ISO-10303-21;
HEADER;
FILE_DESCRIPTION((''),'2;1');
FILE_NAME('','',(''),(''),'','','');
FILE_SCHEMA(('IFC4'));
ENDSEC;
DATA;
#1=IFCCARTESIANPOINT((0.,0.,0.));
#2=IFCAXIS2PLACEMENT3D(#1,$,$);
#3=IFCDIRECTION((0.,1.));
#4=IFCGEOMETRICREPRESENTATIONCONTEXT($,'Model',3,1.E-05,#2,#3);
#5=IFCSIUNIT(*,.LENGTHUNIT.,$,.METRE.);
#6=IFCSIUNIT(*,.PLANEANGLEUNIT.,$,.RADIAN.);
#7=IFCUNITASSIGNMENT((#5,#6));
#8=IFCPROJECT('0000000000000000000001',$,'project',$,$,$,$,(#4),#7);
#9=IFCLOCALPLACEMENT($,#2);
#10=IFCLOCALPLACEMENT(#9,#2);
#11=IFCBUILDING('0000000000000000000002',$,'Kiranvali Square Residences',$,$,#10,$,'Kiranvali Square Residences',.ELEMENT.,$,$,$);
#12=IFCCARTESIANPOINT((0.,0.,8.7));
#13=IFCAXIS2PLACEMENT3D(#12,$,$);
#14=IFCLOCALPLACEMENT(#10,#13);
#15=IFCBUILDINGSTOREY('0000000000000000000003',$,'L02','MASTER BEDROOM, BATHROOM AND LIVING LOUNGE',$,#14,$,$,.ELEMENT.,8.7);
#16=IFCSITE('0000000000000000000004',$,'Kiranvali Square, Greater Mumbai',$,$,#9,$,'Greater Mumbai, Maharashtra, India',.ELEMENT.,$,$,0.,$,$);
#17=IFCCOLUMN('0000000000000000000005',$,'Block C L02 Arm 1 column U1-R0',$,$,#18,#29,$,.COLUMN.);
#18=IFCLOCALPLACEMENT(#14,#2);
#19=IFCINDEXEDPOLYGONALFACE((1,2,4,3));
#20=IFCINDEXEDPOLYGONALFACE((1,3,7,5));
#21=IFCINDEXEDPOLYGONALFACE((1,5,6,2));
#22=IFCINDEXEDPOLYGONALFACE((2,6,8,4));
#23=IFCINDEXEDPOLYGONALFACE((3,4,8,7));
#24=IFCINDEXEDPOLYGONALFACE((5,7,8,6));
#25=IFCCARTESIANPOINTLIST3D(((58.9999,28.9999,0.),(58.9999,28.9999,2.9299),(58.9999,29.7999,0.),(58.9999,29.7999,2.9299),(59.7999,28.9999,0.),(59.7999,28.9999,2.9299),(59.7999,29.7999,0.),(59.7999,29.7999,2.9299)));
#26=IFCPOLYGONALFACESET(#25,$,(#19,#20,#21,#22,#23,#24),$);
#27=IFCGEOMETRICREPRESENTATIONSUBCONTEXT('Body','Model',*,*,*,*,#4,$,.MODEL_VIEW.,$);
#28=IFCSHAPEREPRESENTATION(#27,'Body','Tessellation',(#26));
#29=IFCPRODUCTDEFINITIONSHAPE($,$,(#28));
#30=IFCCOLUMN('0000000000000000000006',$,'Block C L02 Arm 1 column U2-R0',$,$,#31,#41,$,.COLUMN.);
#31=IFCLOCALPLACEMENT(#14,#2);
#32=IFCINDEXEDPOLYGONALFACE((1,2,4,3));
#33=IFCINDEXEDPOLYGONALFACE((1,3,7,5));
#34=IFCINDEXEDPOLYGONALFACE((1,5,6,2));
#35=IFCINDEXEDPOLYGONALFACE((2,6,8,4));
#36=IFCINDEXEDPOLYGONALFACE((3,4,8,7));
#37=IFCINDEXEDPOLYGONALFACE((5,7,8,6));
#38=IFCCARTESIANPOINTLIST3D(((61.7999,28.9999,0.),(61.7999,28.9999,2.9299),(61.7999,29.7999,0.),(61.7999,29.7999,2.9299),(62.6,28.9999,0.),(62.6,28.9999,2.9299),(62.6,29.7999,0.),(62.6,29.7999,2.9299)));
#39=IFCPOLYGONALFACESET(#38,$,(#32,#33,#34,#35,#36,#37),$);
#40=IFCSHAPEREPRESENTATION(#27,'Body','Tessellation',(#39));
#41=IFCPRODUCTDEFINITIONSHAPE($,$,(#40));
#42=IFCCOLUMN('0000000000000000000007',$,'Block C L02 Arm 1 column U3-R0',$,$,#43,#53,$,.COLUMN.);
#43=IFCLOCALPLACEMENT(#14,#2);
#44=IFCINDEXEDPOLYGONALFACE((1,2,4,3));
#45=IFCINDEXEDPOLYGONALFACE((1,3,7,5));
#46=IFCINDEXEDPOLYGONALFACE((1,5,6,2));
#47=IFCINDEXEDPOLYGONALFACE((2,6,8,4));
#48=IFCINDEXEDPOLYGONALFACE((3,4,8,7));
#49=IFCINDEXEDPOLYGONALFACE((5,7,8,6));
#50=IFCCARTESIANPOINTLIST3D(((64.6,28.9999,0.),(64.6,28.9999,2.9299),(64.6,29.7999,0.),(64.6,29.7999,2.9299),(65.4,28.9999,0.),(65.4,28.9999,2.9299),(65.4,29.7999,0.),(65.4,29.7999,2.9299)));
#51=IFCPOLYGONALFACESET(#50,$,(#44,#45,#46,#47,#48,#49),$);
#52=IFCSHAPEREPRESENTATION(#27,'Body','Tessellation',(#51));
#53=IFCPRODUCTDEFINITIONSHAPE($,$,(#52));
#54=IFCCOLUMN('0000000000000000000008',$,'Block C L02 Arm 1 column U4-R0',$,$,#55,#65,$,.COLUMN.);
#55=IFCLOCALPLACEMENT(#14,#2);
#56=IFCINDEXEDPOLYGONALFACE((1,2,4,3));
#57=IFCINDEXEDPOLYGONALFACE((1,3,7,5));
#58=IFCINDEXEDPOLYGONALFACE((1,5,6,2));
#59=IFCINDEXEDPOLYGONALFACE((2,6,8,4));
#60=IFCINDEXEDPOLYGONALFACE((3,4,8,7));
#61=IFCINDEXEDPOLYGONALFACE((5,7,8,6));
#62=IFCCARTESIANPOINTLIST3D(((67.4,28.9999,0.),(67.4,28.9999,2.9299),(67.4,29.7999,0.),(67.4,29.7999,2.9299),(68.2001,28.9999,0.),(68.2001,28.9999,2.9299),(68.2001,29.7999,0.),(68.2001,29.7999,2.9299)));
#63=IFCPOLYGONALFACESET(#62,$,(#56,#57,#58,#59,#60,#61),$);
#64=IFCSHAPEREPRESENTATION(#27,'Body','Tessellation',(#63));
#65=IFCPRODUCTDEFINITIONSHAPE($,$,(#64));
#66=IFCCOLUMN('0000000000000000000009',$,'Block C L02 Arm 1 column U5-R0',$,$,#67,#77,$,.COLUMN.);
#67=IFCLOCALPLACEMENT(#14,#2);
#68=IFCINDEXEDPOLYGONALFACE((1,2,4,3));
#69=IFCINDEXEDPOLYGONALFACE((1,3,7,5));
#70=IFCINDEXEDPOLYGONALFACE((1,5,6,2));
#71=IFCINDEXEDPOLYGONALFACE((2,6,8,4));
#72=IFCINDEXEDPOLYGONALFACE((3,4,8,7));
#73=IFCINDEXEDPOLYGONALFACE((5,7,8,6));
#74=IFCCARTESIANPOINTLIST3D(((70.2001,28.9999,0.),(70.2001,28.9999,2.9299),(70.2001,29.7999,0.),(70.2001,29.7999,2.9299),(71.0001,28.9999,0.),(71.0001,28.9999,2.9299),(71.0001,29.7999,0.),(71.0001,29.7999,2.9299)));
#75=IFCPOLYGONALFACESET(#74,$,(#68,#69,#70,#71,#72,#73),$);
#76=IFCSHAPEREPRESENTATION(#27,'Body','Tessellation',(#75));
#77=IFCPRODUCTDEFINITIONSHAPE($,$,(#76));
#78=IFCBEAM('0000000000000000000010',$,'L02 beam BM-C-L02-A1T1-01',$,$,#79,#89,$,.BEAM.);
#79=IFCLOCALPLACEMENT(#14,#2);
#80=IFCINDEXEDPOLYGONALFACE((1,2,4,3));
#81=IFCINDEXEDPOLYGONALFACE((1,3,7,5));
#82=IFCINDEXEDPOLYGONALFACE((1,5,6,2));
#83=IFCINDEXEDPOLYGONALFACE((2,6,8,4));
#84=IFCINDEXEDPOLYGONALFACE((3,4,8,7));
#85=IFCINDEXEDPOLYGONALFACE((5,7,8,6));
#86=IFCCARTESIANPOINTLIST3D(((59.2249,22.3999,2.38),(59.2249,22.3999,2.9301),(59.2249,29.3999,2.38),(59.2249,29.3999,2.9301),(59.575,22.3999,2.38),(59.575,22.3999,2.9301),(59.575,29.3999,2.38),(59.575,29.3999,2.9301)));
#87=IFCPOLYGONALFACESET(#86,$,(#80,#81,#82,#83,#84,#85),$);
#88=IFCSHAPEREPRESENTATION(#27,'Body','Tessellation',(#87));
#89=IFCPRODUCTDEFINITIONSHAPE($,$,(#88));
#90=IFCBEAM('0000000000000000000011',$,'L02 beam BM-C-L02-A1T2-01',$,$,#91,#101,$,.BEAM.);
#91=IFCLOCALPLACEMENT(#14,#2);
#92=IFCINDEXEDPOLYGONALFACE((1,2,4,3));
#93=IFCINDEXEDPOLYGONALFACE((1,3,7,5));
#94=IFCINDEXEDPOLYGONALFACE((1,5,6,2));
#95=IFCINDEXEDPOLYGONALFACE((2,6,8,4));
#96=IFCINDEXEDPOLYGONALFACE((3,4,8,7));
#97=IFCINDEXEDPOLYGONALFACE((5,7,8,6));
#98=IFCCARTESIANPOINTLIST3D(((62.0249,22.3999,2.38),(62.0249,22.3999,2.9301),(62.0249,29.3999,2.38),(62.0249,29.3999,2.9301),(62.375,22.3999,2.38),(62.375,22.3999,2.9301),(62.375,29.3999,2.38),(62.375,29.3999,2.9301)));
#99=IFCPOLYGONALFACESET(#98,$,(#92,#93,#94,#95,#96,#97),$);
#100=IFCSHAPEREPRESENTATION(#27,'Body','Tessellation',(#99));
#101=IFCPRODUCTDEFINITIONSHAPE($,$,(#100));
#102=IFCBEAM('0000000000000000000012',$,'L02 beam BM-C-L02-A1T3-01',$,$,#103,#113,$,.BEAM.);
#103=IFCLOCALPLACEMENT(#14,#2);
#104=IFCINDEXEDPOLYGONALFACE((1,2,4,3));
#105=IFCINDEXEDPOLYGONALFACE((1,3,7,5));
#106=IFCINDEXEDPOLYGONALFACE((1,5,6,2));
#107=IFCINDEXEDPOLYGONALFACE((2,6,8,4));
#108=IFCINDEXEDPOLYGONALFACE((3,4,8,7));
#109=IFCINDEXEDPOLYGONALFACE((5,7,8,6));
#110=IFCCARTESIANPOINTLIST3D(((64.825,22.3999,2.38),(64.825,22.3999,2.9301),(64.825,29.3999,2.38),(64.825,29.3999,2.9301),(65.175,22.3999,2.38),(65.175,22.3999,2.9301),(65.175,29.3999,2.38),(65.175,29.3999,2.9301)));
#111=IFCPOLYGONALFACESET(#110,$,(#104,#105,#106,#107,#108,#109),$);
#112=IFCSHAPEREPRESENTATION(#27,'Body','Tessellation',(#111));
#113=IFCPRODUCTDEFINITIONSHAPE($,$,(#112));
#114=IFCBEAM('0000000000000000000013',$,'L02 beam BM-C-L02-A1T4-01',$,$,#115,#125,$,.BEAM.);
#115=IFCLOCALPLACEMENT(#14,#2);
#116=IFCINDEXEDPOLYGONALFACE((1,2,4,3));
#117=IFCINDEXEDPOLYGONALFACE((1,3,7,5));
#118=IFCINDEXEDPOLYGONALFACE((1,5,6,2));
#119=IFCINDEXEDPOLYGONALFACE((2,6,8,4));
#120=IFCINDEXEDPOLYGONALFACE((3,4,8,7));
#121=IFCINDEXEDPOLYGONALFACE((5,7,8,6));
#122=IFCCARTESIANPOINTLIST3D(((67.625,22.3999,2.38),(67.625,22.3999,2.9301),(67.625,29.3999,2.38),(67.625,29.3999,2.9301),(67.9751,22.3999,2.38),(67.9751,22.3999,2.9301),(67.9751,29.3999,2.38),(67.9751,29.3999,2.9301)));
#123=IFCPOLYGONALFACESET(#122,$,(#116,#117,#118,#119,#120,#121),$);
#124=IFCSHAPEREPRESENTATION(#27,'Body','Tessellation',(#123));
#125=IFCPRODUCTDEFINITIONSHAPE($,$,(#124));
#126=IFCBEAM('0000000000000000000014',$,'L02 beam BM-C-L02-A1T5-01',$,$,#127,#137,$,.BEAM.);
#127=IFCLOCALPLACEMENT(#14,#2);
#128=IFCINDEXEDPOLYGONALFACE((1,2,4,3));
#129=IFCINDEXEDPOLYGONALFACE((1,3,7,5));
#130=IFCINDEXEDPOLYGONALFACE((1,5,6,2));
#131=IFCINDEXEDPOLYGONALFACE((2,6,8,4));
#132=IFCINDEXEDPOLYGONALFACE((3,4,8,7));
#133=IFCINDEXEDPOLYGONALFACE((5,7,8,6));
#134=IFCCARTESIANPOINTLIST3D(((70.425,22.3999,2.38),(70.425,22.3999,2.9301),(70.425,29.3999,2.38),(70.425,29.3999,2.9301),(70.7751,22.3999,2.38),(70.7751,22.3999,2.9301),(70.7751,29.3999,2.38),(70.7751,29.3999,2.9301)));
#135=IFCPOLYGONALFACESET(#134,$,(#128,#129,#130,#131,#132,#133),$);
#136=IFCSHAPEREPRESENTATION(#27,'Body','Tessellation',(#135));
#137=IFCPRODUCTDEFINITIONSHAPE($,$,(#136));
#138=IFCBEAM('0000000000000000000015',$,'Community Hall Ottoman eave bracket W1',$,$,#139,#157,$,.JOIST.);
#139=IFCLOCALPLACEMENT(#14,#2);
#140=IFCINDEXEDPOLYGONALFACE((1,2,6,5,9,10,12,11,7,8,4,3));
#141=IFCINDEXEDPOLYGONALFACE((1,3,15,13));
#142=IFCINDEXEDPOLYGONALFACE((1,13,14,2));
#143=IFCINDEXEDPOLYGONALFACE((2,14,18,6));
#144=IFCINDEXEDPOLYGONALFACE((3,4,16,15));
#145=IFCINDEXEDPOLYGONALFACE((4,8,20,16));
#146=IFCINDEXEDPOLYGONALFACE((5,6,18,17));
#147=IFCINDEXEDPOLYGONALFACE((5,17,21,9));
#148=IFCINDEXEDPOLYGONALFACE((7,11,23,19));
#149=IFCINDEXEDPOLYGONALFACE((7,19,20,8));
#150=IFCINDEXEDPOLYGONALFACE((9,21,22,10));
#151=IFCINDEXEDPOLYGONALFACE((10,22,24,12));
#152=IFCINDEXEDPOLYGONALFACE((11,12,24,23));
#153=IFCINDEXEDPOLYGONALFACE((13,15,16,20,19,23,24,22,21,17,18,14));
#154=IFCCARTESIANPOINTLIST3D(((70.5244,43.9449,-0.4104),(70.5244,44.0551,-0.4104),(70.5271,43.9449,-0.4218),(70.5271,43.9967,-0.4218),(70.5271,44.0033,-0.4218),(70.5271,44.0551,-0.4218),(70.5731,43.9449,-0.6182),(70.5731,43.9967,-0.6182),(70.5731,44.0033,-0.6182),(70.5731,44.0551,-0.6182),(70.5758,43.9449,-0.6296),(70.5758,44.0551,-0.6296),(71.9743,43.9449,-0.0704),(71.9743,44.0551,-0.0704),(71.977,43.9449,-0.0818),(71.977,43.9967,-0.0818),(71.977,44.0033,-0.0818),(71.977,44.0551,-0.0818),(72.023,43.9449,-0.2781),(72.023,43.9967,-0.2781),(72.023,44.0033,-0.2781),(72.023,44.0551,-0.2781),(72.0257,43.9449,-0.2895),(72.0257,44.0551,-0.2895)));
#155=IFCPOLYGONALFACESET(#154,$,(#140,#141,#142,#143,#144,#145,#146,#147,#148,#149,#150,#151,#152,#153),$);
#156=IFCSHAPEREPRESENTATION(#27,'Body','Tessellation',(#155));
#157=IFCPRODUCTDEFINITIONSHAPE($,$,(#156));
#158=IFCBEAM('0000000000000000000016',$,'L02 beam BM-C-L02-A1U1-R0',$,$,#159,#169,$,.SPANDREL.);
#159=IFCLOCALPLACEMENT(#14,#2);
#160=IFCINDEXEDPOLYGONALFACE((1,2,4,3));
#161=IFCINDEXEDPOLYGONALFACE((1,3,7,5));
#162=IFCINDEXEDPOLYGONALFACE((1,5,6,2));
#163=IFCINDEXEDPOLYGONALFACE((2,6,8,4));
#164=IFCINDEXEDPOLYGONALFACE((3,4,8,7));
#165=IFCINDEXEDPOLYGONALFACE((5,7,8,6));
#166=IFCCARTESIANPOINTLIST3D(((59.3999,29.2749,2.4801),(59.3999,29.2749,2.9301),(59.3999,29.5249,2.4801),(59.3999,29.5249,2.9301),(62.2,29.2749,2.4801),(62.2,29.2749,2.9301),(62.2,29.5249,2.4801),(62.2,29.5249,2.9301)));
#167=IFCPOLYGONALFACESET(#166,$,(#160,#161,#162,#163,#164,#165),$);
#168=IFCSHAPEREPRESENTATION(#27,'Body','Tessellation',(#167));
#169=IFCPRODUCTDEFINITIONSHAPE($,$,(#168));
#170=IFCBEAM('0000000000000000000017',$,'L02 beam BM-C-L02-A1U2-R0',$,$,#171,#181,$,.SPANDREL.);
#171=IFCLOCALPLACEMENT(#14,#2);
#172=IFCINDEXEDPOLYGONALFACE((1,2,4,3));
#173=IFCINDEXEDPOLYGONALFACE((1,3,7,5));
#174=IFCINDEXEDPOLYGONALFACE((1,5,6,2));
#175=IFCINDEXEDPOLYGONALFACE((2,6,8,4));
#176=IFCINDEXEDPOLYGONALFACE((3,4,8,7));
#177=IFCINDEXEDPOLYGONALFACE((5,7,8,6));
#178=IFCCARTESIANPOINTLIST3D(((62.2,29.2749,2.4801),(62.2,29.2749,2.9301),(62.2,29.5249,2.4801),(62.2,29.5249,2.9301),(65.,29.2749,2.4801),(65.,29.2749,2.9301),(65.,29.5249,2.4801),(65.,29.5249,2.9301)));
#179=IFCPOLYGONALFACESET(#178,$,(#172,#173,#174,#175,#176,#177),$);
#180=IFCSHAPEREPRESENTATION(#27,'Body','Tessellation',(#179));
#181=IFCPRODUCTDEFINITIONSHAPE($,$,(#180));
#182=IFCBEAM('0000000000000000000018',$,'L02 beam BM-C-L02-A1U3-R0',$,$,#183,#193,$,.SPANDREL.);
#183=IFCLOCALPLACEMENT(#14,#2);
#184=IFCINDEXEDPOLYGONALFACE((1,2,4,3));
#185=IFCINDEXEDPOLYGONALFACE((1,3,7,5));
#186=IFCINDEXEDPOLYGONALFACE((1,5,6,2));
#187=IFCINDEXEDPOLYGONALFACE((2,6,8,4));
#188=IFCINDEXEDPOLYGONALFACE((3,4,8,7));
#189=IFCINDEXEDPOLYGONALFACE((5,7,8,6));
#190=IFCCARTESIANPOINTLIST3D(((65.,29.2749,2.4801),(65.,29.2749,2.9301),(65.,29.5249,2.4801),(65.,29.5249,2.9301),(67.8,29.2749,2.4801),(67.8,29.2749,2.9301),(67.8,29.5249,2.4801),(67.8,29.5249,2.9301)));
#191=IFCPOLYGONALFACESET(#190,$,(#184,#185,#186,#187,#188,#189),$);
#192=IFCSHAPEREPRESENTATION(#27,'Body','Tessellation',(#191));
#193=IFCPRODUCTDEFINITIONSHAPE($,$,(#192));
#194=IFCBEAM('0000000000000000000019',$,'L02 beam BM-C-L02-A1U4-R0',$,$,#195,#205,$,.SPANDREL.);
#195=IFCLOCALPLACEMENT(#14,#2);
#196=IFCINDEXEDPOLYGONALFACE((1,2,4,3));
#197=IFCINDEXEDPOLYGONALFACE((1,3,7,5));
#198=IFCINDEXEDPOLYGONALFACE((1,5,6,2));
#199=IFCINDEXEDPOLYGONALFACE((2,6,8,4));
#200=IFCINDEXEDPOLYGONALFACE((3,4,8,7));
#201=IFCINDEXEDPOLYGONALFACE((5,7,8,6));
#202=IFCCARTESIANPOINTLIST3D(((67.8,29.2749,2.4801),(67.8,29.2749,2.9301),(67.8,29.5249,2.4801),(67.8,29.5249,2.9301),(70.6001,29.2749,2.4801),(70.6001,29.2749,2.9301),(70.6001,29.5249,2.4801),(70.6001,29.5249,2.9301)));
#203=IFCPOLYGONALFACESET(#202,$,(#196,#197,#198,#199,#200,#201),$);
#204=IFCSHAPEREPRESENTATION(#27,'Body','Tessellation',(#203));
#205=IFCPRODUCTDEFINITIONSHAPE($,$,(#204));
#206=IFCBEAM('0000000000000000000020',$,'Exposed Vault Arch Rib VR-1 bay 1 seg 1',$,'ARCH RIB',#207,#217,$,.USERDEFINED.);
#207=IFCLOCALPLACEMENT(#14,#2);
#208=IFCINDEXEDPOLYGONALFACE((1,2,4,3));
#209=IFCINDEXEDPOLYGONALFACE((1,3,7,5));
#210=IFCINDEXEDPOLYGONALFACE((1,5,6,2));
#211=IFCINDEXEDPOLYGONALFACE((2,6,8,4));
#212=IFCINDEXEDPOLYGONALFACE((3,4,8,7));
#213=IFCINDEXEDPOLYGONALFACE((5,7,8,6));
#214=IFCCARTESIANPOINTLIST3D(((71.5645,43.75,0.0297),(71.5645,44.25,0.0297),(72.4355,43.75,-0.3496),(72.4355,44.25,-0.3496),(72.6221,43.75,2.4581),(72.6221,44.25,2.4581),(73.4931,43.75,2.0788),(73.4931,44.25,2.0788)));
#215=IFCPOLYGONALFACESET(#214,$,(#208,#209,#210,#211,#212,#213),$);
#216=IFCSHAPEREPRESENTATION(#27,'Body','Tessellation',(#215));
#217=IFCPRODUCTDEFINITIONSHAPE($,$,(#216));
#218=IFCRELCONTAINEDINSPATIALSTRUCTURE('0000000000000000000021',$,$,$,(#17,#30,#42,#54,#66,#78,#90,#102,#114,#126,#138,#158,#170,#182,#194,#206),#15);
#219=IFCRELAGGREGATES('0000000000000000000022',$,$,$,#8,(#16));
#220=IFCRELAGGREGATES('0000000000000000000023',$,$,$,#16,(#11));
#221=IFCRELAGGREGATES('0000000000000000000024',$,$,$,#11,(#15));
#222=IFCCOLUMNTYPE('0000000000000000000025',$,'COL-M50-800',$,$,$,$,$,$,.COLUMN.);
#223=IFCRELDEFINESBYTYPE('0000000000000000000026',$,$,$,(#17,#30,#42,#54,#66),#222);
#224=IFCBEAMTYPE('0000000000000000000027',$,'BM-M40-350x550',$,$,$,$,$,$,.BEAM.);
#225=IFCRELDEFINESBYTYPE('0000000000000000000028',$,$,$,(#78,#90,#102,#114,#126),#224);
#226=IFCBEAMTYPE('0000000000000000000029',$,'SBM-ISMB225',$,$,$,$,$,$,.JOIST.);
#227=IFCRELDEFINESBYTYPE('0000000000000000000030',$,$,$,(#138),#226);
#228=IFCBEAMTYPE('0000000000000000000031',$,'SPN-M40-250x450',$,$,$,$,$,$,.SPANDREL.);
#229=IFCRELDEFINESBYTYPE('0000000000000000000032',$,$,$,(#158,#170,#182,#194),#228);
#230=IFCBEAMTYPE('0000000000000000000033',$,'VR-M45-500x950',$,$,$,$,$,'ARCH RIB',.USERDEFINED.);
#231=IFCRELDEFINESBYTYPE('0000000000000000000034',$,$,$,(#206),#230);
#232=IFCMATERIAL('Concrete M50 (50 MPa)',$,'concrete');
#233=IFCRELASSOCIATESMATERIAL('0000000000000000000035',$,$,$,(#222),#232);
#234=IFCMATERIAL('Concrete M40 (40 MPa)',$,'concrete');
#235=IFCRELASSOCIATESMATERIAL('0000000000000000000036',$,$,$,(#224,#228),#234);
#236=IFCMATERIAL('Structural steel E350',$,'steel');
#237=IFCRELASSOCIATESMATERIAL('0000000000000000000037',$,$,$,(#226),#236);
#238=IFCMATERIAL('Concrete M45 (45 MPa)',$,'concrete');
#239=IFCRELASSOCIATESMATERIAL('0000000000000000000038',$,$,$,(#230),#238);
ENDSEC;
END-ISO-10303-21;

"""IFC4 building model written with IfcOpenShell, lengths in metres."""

from ifc_helpers import new_model, si_unit, direction, frame, origin, origin_2d, place, context, subcontext, project, spatial, rectangle, i_section, extrude, material, material_profile, profile_set, type_object, element, save


model = new_model("IFC4")

# Units and contexts
model_context = context("Model", 3, precision=1e-05, world=origin(), true_north=direction((0.0, 1.0)))
body_context = subcontext(model_context, "Body", "Model", "MODEL_VIEW")
ifc_project = project(units=[si_unit("LENGTHUNIT", "METRE"), si_unit("PLANEANGLEUNIT", "RADIAN")], contexts=[model_context])

# Site, building, storey
site_placement = place(None, origin())
site = spatial("IfcSite", under=ifc_project, at=site_placement, Name="Kiranvali Square, Greater Mumbai", LongName="Greater Mumbai, Maharashtra, India", CompositionType="ELEMENT", RefElevation=0.0)
building_placement = place(site_placement, origin())
building = spatial("IfcBuilding", under=site, at=building_placement, Name="Kiranvali Square Residences", LongName="Kiranvali Square Residences", CompositionType="ELEMENT")
storey_placement = place(building_placement, frame((0.0, 0.0, 8.7)))
storey = spatial("IfcBuildingStorey", under=building, at=storey_placement, Name="L02", Description="MASTER BEDROOM, BATHROOM AND LIVING LOUNGE", CompositionType="ELEMENT", Elevation=8.7)

# Columns
ifc_material_1 = material(Name="Concrete M50 (50 MPa)", Category="concrete")
ifc_material_profile_1 = material_profile(ifc_material_1, rectangle(XDim=0.8, YDim=0.8, at=origin_2d()), Name="RC 800x800")
ifc_profile_set_1 = profile_set([ifc_material_profile_1], Name="Concrete M50 (50 MPa)")
column_type = type_object("IfcColumnType", Name="COL-M50-800", PredefinedType="COLUMN", material=ifc_profile_set_1)
for number, where, z_axis, x_axis, name in (
    (1, (59.3999, 29.3999, 0.0), (0.0, 0.0, 1.0), (1.0, 0.0, 0.0), "Block C L02 Arm 1 column U1-R0"),
    (2, (62.2, 29.3999, 0.0), (0.0, 0.0, 1.0), (1.0, 0.0, 0.0), "Block C L02 Arm 1 column U2-R0"),
    (3, (65.0, 29.3999, 0.0), (0.0, 0.0, 1.0), (1.0, 0.0, 0.0), "Block C L02 Arm 1 column U3-R0"),
    (4, (67.8, 29.3999, 0.0), (0.0, 0.0, 1.0), (1.0, 0.0, 0.0), "Block C L02 Arm 1 column U4-R0"),
    (5, (70.6001, 29.3999, 0.0), (0.0, 0.0, 1.0), (1.0, 0.0, 0.0), "Block C L02 Arm 1 column U5-R0"),
):
    element("IfcColumn", number, at=place(storey_placement, frame(where, z_axis=z_axis, x_axis=x_axis)), inside=storey, type_object=column_type, Name=name, PredefinedType="COLUMN", context=body_context, shape_type="SweptSolid", body=[
        extrude(rectangle(XDim=0.8, YDim=0.8, at=origin_2d()), origin(), (0.0, 0.0, 1.0), 2.9299),
    ])

# Beams
ifc_material_2 = material(Name="Concrete M40 (40 MPa)", Category="concrete")
ifc_material_profile_2 = material_profile(ifc_material_2, rectangle(XDim=0.3501, YDim=0.55, at=origin_2d()), Name="RC 350x550")
ifc_profile_set_2 = profile_set([ifc_material_profile_2], Name="Concrete M40 (40 MPa)")
beam_type_1 = type_object("IfcBeamType", Name="BM-M40-350x550", PredefinedType="BEAM", material=ifc_profile_set_2)
for number, where, z_axis, x_axis, name in (
    (6, (59.3999, 29.3999, 2.655), (0.0, -1.0, 0.0), (1.0, 0.0, 0.0), "L02 beam BM-C-L02-A1T1-01"),
    (7, (62.2, 29.3999, 2.655), (0.0, -1.0, 0.0), (1.0, 0.0, 0.0), "L02 beam BM-C-L02-A1T2-01"),
    (8, (65.0, 29.3999, 2.655), (0.0, -1.0, 0.0), (1.0, 0.0, 0.0), "L02 beam BM-C-L02-A1T3-01"),
    (9, (67.8, 29.3999, 2.655), (0.0, -1.0, 0.0), (1.0, 0.0, 0.0), "L02 beam BM-C-L02-A1T4-01"),
    (10, (70.6001, 29.3999, 2.655), (0.0, -1.0, 0.0), (1.0, 0.0, 0.0), "L02 beam BM-C-L02-A1T5-01"),
):
    element("IfcBeam", number, at=place(storey_placement, frame(where, z_axis=z_axis, x_axis=x_axis)), inside=storey, type_object=beam_type_1, Name=name, PredefinedType="BEAM", context=body_context, shape_type="SweptSolid", body=[
        extrude(rectangle(XDim=0.3501, YDim=0.55, at=origin_2d()), origin(), (0.0, 0.0, 1.0), 7.0),
    ])
ifc_material_3 = material(Name="Structural steel E350", Category="steel")
ifc_material_profile_3 = material_profile(ifc_material_3, i_section(OverallWidth=0.1101, OverallDepth=0.2251, WebThickness=0.0066, FlangeThickness=0.0117, at=origin_2d()), Name="ISMB 225")
ifc_profile_set_3 = profile_set([ifc_material_profile_3], Name="Structural steel E350")
beam_type_2 = type_object("IfcBeamType", Name="SBM-ISMB225", PredefinedType="JOIST", material=ifc_profile_set_3)
beam_1_placement = place(storey_placement, frame((72.0, 44.0, -0.1799), z_axis=(-0.973578, 0.0, -0.228354), x_axis=(0.0, -1.0, 0.0)))
element("IfcBeam", 11, at=beam_1_placement, inside=storey, type_object=beam_type_2, Name="Community Hall Ottoman eave bracket W1", PredefinedType="JOIST", context=body_context, shape_type="SweptSolid", body=[
    extrude(i_section(OverallWidth=0.1101, OverallDepth=0.2251, WebThickness=0.0066, FlangeThickness=0.0117, at=origin_2d()), origin(), (0.0, 0.0, 1.0), 1.4893),
])
ifc_material_profile_4 = material_profile(ifc_material_2, rectangle(XDim=0.25, YDim=0.45, at=origin_2d()), Name="RC 250x450")
ifc_profile_set_4 = profile_set([ifc_material_profile_4], Name="Concrete M40 (40 MPa)")
beam_type_3 = type_object("IfcBeamType", Name="SPN-M40-250x450", PredefinedType="SPANDREL", material=ifc_profile_set_4)
for number, where, z_axis, x_axis, name in (
    (12, (59.3999, 29.3999, 2.7051), (1.0, 0.0, 0.0), (0.0, 1.0, 0.0), "L02 beam BM-C-L02-A1U1-R0"),
    (13, (62.2, 29.3999, 2.7051), (1.0, 0.0, 0.0), (0.0, 1.0, 0.0), "L02 beam BM-C-L02-A1U2-R0"),
    (14, (65.0, 29.3999, 2.7051), (1.0, 0.0, 0.0), (0.0, 1.0, 0.0), "L02 beam BM-C-L02-A1U3-R0"),
    (15, (67.8, 29.3999, 2.7051), (1.0, 0.0, 0.0), (0.0, 1.0, 0.0), "L02 beam BM-C-L02-A1U4-R0"),
):
    element("IfcBeam", number, at=place(storey_placement, frame(where, z_axis=z_axis, x_axis=x_axis)), inside=storey, type_object=beam_type_3, Name=name, PredefinedType="SPANDREL", context=body_context, shape_type="SweptSolid", body=[
        extrude(rectangle(XDim=0.25, YDim=0.45, at=origin_2d()), origin(), (0.0, 0.0, 1.0), 2.8),
    ])
ifc_material_4 = material(Name="Concrete M45 (45 MPa)", Category="concrete")
ifc_material_profile_5 = material_profile(ifc_material_4, rectangle(XDim=0.5, YDim=0.95, at=origin_2d()), Name="RC 500x950")
ifc_profile_set_5 = profile_set([ifc_material_profile_5], Name="Concrete M45 (45 MPa)")
beam_type_4 = type_object("IfcBeamType", Name="VR-M45-500x950", ElementType="ARCH RIB", PredefinedType="USERDEFINED", material=ifc_profile_set_5)
beam_2_placement = place(storey_placement, frame((72.0, 44.0, -0.1599), z_axis=(0.399286, 0.0, 0.916827), x_axis=(0.0, 1.0, 0.0)))
element("IfcBeam", 16, at=beam_2_placement, inside=storey, type_object=beam_type_4, Name="Exposed Vault Arch Rib VR-1 bay 1 seg 1", ObjectType="ARCH RIB", PredefinedType="USERDEFINED", context=body_context, shape_type="SweptSolid", body=[
    extrude(rectangle(XDim=0.5, YDim=0.95, at=origin_2d()), origin(), (0.0, 0.0, 1.0), 2.6487),
])

save(model, "model.ifc")
